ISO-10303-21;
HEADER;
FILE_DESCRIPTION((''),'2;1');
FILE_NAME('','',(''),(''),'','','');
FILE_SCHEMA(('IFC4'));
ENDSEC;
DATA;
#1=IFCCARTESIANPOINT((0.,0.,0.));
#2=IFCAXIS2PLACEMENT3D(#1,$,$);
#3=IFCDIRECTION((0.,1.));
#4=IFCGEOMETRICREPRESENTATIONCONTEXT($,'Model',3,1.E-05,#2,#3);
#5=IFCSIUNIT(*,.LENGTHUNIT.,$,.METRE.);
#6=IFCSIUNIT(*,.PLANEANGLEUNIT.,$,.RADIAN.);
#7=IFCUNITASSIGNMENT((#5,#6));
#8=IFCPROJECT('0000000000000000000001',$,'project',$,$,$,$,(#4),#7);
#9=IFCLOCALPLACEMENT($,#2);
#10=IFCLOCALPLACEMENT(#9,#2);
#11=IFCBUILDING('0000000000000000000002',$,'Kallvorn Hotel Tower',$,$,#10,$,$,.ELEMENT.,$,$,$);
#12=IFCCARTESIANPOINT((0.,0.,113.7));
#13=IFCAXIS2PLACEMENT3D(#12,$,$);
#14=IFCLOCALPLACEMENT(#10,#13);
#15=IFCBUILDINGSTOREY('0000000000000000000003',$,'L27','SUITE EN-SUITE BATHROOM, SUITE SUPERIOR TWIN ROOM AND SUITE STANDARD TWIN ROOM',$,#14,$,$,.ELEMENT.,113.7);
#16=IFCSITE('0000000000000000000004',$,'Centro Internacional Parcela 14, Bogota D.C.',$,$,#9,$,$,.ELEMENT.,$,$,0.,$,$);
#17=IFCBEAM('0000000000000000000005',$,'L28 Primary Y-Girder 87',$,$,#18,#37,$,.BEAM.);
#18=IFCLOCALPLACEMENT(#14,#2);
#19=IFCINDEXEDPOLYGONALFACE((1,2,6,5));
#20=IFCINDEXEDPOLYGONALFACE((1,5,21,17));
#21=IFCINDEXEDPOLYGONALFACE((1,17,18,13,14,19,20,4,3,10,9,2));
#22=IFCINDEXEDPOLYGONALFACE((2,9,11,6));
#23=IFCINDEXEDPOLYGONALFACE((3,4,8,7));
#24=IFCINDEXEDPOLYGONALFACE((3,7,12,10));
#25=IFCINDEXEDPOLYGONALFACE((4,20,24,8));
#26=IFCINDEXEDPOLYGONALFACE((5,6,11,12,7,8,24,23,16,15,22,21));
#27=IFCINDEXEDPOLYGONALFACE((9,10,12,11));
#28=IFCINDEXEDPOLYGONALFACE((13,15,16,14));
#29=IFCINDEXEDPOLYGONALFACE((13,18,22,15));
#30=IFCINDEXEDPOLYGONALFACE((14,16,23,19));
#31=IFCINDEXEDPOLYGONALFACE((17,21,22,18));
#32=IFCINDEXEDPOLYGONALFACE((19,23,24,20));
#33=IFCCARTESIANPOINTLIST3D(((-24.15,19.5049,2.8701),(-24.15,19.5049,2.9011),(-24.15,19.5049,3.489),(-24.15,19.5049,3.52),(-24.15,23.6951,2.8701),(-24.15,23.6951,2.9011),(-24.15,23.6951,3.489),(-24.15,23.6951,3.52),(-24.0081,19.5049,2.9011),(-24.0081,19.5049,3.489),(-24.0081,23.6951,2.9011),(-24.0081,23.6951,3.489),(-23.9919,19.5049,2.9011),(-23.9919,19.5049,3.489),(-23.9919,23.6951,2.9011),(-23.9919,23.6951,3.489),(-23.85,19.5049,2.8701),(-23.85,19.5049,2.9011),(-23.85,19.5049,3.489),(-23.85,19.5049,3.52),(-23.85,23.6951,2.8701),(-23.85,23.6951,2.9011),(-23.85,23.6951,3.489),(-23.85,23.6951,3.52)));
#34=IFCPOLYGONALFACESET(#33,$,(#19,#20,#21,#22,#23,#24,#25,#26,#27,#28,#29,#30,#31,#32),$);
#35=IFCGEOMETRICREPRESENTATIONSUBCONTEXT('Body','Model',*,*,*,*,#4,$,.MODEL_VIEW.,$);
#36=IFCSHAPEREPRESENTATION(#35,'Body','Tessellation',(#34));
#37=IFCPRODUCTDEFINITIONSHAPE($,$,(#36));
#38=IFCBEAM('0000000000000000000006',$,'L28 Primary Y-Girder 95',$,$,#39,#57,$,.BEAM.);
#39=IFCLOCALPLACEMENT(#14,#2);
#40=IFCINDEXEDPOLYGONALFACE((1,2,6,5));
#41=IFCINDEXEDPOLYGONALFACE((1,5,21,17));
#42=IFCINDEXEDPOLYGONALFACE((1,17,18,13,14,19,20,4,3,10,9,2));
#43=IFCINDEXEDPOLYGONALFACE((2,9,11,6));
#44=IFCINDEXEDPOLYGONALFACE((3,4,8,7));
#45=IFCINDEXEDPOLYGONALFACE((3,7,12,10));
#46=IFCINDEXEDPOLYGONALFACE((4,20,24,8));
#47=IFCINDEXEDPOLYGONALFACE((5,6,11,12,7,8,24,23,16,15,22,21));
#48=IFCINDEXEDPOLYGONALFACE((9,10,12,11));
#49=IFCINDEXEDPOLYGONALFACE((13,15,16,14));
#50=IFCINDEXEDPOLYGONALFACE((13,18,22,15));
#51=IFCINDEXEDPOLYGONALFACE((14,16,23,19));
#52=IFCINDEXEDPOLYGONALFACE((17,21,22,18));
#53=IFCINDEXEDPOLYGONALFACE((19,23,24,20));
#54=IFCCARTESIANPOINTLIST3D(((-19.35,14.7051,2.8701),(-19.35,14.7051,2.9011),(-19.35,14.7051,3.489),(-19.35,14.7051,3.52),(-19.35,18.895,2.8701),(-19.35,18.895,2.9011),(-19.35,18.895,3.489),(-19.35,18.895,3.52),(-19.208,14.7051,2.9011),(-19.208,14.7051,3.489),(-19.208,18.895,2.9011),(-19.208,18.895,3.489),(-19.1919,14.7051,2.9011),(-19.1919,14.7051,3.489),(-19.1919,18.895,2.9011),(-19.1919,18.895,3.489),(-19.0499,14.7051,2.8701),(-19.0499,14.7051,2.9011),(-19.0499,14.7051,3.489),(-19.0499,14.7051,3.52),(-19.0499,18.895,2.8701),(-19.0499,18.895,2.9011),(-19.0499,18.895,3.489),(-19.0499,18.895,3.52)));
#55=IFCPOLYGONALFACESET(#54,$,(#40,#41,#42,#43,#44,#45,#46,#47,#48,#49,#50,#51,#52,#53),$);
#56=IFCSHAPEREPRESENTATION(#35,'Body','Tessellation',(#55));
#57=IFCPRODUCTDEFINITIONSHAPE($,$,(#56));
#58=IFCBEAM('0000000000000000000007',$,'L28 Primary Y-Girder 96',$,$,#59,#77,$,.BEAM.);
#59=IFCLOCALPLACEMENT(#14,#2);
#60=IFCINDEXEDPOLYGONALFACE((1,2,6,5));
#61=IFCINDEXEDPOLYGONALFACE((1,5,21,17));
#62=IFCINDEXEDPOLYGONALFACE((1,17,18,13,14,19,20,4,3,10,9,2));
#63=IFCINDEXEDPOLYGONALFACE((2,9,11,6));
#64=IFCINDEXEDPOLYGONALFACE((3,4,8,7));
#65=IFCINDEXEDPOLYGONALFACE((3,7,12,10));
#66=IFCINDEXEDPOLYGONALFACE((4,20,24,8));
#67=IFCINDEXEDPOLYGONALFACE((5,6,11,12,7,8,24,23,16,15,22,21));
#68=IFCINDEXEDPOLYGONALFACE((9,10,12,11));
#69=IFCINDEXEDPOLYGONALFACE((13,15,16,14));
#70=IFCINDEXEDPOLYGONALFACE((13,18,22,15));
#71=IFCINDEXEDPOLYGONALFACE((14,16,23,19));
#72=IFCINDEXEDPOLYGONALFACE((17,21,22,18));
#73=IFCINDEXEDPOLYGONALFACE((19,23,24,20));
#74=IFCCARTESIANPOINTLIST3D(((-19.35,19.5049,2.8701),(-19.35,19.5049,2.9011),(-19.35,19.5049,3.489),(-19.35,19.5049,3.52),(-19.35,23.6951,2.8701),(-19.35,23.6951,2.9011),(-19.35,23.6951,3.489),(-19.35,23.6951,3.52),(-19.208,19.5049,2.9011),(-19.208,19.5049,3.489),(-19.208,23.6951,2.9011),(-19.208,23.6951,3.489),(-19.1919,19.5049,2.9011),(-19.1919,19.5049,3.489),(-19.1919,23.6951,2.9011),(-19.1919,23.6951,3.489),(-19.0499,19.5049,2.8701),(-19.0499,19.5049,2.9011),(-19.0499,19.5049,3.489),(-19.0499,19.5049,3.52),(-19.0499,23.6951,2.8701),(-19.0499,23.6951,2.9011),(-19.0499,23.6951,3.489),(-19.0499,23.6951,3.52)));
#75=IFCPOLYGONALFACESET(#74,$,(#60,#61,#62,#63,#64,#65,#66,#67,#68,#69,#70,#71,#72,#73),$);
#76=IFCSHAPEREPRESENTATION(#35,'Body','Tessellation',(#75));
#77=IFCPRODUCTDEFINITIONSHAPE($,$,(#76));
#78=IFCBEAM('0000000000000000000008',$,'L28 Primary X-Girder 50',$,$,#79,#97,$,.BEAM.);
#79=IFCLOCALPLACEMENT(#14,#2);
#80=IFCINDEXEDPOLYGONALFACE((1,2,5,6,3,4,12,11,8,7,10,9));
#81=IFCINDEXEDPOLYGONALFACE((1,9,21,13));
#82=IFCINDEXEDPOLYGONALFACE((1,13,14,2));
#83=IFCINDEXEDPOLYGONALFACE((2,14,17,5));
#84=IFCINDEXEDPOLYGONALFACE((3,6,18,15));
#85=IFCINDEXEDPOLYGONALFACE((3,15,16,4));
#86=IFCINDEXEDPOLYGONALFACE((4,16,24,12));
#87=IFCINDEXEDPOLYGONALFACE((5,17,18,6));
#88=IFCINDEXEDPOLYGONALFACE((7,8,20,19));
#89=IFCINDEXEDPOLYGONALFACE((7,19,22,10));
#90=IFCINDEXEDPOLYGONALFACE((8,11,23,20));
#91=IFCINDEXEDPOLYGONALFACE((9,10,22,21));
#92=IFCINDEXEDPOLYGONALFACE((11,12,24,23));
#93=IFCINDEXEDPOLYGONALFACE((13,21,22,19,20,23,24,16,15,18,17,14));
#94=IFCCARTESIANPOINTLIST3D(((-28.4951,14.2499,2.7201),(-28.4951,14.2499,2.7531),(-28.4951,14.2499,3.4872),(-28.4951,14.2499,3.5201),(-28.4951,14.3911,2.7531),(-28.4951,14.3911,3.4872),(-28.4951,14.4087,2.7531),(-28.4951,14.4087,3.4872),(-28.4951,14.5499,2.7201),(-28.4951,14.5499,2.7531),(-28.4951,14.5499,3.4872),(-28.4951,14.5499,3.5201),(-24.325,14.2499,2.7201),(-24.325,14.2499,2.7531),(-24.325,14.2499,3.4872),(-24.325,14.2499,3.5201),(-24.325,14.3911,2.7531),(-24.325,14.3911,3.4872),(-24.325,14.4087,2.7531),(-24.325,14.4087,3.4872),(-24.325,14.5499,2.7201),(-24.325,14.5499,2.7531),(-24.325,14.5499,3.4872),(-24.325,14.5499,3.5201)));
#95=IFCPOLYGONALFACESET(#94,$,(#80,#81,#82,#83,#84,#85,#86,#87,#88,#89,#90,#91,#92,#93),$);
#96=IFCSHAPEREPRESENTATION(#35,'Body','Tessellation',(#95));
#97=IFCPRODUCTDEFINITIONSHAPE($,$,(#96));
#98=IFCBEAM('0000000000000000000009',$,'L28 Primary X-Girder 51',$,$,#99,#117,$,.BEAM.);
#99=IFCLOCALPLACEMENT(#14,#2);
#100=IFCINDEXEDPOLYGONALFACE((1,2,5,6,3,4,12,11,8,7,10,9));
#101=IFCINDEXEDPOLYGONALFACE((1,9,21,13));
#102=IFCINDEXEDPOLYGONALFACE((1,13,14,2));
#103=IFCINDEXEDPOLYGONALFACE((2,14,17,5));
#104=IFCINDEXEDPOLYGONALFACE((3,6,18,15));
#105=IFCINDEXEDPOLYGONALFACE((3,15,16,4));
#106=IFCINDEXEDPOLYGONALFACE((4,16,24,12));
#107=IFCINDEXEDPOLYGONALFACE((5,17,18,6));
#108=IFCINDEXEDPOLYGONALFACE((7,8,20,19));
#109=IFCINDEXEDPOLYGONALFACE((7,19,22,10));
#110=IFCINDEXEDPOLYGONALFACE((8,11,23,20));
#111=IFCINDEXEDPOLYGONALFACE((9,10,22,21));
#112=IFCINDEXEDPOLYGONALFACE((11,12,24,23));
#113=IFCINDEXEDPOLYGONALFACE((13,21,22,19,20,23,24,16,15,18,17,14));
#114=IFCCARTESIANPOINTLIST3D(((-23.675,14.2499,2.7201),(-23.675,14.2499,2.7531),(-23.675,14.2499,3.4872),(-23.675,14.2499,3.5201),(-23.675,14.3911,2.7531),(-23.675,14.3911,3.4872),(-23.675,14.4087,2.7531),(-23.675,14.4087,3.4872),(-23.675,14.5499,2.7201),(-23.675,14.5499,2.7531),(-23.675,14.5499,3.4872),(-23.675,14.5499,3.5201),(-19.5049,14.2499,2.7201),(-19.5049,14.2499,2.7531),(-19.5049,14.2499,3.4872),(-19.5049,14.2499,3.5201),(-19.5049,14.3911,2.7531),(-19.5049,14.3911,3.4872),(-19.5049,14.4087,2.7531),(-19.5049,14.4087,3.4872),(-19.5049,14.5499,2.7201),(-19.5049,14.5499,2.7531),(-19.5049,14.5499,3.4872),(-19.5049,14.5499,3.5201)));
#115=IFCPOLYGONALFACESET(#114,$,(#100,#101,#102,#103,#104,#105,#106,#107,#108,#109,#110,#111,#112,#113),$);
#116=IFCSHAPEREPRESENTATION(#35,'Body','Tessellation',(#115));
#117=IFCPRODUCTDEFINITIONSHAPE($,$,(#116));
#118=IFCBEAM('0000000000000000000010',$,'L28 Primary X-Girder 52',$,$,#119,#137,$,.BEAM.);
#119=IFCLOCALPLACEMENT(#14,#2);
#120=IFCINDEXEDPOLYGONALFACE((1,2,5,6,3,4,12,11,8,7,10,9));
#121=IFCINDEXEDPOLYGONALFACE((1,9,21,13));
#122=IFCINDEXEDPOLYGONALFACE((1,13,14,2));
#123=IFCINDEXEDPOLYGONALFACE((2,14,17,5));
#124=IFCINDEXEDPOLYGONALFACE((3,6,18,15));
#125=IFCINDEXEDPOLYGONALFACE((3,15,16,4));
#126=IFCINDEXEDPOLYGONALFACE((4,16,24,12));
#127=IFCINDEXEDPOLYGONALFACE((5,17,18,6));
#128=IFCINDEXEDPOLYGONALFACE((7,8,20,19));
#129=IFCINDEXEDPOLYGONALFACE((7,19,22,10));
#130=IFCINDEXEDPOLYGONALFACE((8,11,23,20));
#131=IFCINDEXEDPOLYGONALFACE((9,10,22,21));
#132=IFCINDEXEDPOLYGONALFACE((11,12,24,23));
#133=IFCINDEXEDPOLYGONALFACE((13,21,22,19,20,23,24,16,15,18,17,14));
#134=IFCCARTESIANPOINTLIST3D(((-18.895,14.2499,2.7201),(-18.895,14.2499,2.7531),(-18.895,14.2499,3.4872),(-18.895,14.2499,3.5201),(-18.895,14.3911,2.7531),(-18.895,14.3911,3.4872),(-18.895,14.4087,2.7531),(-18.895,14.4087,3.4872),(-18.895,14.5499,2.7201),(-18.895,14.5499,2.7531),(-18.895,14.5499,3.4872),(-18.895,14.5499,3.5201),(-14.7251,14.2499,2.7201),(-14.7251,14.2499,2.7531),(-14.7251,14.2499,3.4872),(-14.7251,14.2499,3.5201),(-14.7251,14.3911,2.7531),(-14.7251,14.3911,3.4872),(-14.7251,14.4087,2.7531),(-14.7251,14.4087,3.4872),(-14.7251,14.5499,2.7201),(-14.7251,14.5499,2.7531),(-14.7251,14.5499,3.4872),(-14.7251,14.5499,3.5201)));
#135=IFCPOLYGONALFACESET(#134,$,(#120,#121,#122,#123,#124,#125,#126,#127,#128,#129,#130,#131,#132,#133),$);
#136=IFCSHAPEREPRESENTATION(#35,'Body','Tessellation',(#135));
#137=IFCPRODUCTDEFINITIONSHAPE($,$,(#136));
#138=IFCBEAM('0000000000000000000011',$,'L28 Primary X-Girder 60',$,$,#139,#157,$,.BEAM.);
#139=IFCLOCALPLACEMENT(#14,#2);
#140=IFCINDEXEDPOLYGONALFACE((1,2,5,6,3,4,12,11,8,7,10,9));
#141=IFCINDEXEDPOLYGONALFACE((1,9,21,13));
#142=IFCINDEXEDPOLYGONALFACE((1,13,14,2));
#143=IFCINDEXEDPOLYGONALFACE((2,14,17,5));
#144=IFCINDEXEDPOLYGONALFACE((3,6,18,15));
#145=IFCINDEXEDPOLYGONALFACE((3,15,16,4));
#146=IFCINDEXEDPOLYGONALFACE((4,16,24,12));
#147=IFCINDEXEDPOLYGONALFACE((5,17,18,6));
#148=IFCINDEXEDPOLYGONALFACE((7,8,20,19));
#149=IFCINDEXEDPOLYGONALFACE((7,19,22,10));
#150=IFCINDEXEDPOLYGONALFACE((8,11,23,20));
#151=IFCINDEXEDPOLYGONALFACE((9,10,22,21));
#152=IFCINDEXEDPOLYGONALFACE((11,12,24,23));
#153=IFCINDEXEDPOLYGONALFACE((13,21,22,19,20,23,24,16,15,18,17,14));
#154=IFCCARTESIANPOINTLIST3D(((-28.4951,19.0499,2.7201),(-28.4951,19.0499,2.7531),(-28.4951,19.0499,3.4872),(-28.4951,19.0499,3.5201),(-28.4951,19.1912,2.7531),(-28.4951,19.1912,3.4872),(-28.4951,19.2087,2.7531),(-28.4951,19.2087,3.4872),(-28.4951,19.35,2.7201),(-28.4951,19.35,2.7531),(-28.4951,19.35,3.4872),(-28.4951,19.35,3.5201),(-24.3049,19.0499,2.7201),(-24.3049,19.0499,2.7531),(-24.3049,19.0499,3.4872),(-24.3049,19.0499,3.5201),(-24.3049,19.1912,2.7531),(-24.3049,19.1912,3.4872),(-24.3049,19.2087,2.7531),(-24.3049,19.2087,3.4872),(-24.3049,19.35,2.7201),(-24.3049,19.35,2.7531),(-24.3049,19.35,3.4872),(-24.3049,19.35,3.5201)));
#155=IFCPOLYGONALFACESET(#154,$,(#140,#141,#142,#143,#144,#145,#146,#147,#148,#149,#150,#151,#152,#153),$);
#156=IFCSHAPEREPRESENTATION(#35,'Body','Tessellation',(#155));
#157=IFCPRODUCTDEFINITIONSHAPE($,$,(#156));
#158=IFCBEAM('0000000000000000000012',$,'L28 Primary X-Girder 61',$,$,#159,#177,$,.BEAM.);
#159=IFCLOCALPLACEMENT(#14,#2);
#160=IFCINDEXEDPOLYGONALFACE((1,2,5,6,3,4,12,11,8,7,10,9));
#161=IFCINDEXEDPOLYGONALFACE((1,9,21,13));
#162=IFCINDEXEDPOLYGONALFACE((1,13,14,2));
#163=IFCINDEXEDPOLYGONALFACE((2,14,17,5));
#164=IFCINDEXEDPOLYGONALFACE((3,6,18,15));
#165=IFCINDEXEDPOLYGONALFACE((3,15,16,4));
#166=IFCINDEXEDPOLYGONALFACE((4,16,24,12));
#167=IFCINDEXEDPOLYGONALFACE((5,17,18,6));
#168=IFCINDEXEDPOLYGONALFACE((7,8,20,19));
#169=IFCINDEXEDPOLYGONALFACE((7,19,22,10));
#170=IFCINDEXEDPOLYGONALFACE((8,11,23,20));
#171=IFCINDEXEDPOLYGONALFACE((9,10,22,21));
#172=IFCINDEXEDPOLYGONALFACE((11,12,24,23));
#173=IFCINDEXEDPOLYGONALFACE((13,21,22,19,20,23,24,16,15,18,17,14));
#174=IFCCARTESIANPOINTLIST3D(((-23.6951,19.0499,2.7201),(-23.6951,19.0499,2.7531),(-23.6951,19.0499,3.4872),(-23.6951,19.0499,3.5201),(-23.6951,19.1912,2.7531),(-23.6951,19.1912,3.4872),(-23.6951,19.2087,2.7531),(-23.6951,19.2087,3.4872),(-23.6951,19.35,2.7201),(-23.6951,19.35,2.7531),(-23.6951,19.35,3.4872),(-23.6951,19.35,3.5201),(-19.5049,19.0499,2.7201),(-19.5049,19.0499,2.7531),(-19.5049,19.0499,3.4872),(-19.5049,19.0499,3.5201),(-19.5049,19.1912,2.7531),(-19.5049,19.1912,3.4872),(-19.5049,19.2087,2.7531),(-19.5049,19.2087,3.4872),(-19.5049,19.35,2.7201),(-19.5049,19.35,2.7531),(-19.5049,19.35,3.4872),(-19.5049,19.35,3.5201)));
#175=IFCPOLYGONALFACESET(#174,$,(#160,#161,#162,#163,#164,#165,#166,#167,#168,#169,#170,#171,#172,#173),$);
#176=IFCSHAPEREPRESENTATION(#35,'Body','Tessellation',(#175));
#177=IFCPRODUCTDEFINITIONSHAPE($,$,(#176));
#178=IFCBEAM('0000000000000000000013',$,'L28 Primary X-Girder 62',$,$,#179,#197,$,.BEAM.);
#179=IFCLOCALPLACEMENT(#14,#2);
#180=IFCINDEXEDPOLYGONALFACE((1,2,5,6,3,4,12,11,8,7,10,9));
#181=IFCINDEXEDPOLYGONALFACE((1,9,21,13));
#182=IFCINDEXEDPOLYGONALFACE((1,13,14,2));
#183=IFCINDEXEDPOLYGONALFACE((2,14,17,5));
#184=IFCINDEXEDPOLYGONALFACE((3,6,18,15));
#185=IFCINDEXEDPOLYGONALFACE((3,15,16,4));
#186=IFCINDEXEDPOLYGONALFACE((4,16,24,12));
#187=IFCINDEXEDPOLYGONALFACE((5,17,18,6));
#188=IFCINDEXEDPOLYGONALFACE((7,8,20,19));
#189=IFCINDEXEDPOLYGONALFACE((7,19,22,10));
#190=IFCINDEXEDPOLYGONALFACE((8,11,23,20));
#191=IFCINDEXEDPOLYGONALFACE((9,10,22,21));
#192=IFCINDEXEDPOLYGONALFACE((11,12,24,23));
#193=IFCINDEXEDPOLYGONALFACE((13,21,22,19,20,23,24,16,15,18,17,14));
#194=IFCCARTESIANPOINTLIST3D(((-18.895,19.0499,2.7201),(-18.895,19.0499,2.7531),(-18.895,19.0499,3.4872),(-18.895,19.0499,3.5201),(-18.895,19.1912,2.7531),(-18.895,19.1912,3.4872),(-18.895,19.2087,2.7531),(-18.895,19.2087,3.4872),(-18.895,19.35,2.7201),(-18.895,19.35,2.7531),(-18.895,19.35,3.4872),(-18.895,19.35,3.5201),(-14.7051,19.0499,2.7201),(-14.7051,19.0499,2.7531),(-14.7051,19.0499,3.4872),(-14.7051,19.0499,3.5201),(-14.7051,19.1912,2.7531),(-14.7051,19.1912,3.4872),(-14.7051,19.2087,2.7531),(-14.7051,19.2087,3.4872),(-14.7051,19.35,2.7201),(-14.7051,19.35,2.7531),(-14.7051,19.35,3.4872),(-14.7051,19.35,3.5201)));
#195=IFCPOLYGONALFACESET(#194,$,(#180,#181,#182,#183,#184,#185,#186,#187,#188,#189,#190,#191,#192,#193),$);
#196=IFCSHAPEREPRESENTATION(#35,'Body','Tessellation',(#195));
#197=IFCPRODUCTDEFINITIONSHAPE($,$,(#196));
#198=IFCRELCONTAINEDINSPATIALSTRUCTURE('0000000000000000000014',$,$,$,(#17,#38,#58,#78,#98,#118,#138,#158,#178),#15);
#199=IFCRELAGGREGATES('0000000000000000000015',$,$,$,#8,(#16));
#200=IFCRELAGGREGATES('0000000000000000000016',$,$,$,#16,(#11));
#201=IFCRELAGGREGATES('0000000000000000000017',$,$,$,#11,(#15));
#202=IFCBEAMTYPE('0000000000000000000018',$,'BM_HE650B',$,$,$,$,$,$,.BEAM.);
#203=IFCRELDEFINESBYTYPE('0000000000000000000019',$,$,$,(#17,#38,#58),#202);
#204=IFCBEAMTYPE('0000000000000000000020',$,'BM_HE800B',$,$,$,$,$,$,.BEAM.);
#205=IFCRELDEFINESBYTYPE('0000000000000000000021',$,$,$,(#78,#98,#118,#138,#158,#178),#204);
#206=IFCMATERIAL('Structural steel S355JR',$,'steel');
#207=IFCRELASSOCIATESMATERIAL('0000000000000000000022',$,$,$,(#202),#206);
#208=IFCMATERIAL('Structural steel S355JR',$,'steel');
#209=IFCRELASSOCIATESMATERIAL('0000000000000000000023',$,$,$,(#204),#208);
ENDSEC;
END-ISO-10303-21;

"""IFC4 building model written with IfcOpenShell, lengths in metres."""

from ifc_helpers import new_model, si_unit, direction, frame, origin, origin_2d, place, context, subcontext, project, spatial, i_section, extrude, material, material_profile, profile_set, type_object, element, save


model = new_model("IFC4")

# Units and contexts
model_context = context("Model", 3, precision=1e-05, world=origin(), true_north=direction((0.0, 1.0)))
body_context = subcontext(model_context, "Body", "Model", "MODEL_VIEW")
ifc_project = project(units=[si_unit("LENGTHUNIT", "METRE"), si_unit("PLANEANGLEUNIT", "RADIAN")], contexts=[model_context])

# Site, building, storey
site_placement = place(None, origin())
site = spatial("IfcSite", under=ifc_project, at=site_placement, Name="Centro Internacional Parcela 14, Bogota D.C.", CompositionType="ELEMENT", RefElevation=0.0)
building_placement = place(site_placement, origin())
building = spatial("IfcBuilding", under=site, at=building_placement, Name="Kallvorn Hotel Tower", CompositionType="ELEMENT")
storey_placement = place(building_placement, frame((0.0, 0.0, 113.7)))
storey = spatial("IfcBuildingStorey", under=building, at=storey_placement, Name="L27", Description="SUITE EN-SUITE BATHROOM, SUITE SUPERIOR TWIN ROOM AND SUITE STANDARD TWIN ROOM", CompositionType="ELEMENT", Elevation=113.7)

# Beams
ifc_material_1 = material(Name="Structural steel S355JR", Category="steel")
ifc_material_profile_1 = material_profile(ifc_material_1, i_section(OverallWidth=0.3, OverallDepth=0.6499, WebThickness=0.0161, FlangeThickness=0.031, at=origin_2d()), Name="HE 650 B")
ifc_profile_set_1 = profile_set([ifc_material_profile_1], Name="Structural steel S355JR")
beam_type_1 = type_object("IfcBeamType", Name="BM_HE650B", PredefinedType="BEAM", material=ifc_profile_set_1)
beam_1_placement = place(storey_placement, frame((-24.0, 19.5049, 3.1951), z_axis=(0.0, 1.0, 0.0), x_axis=(-1.0, 0.0, 0.0)))
element("IfcBeam", 1, at=beam_1_placement, inside=storey, type_object=beam_type_1, Name="L28 Primary Y-Girder 87", PredefinedType="BEAM", context=body_context, shape_type="SweptSolid", body=[
    extrude(i_section(OverallWidth=0.3, OverallDepth=0.6499, WebThickness=0.0161, FlangeThickness=0.031, at=origin_2d()), origin(), (0.0, 0.0, 1.0), 4.1902),
])
beam_2_placement = place(storey_placement, frame((-19.2, 14.7051, 3.1951), z_axis=(0.0, 1.0, 0.0), x_axis=(-1.0, 0.0, 0.0)))
element("IfcBeam", 2, at=beam_2_placement, inside=storey, type_object=beam_type_1, Name="L28 Primary Y-Girder 95", PredefinedType="BEAM", context=body_context, shape_type="SweptSolid", body=[
    extrude(i_section(OverallWidth=0.3, OverallDepth=0.6499, WebThickness=0.0161, FlangeThickness=0.031, at=origin_2d()), origin(), (0.0, 0.0, 1.0), 4.1899),
])
beam_3_placement = place(storey_placement, frame((-19.2, 19.5049, 3.1951), z_axis=(0.0, 1.0, 0.0), x_axis=(-1.0, 0.0, 0.0)))
element("IfcBeam", 3, at=beam_3_placement, inside=storey, type_object=beam_type_1, Name="L28 Primary Y-Girder 96", PredefinedType="BEAM", context=body_context, shape_type="SweptSolid", body=[
    extrude(i_section(OverallWidth=0.3, OverallDepth=0.6499, WebThickness=0.0161, FlangeThickness=0.031, at=origin_2d()), origin(), (0.0, 0.0, 1.0), 4.1902),
])
ifc_material_2 = material(Name="Structural steel S355JR", Category="steel")
ifc_material_profile_2 = material_profile(ifc_material_2, i_section(OverallWidth=0.3, OverallDepth=0.8, WebThickness=0.0176, FlangeThickness=0.033, at=origin_2d()), Name="HE 800 B")
ifc_profile_set_2 = profile_set([ifc_material_profile_2], Name="Structural steel S355JR")
beam_type_2 = type_object("IfcBeamType", Name="BM_HE800B", PredefinedType="BEAM", material=ifc_profile_set_2)
for number, where, z_axis, x_axis, name in (
    (4, (-28.4951, 14.3999, 3.1201), (1.0, 0.0, 0.0), (0.0, 1.0, 0.0), "L28 Primary X-Girder 50"),
    (5, (-23.675, 14.3999, 3.1201), (1.0, 0.0, 0.0), (0.0, 1.0, 0.0), "L28 Primary X-Girder 51"),
):
    element("IfcBeam", number, at=place(storey_placement, frame(where, z_axis=z_axis, x_axis=x_axis)), inside=storey, type_object=beam_type_2, Name=name, PredefinedType="BEAM", context=body_context, shape_type="SweptSolid", body=[
        extrude(i_section(OverallWidth=0.3, OverallDepth=0.8, WebThickness=0.0176, FlangeThickness=0.033, at=origin_2d()), origin(), (0.0, 0.0, 1.0), 4.1702),
    ])
beam_4_placement = place(storey_placement, frame((-18.895, 14.3999, 3.1201), z_axis=(1.0, 0.0, 0.0), x_axis=(0.0, 1.0, 0.0)))
element("IfcBeam", 6, at=beam_4_placement, inside=storey, type_object=beam_type_2, Name="L28 Primary X-Girder 52", PredefinedType="BEAM", context=body_context, shape_type="SweptSolid", body=[
    extrude(i_section(OverallWidth=0.3, OverallDepth=0.8, WebThickness=0.0176, FlangeThickness=0.033, at=origin_2d()), origin(), (0.0, 0.0, 1.0), 4.1699),
])
for number, where, z_axis, x_axis, name in (
    (7, (-28.4951, 19.2, 3.1201), (1.0, 0.0, 0.0), (0.0, 1.0, 0.0), "L28 Primary X-Girder 60"),
    (8, (-23.6951, 19.2, 3.1201), (1.0, 0.0, 0.0), (0.0, 1.0, 0.0), "L28 Primary X-Girder 61"),
):
    element("IfcBeam", number, at=place(storey_placement, frame(where, z_axis=z_axis, x_axis=x_axis)), inside=storey, type_object=beam_type_2, Name=name, PredefinedType="BEAM", context=body_context, shape_type="SweptSolid", body=[
        extrude(i_section(OverallWidth=0.3, OverallDepth=0.8, WebThickness=0.0176, FlangeThickness=0.033, at=origin_2d()), origin(), (0.0, 0.0, 1.0), 4.1902),
    ])
beam_5_placement = place(storey_placement, frame((-18.895, 19.2, 3.1201), z_axis=(1.0, 0.0, 0.0), x_axis=(0.0, 1.0, 0.0)))
element("IfcBeam", 9, at=beam_5_placement, inside=storey, type_object=beam_type_2, Name="L28 Primary X-Girder 62", PredefinedType="BEAM", context=body_context, shape_type="SweptSolid", body=[
    extrude(i_section(OverallWidth=0.3, OverallDepth=0.8, WebThickness=0.0176, FlangeThickness=0.033, at=origin_2d()), origin(), (0.0, 0.0, 1.0), 4.1899),
])

save(model, "model.ifc")
